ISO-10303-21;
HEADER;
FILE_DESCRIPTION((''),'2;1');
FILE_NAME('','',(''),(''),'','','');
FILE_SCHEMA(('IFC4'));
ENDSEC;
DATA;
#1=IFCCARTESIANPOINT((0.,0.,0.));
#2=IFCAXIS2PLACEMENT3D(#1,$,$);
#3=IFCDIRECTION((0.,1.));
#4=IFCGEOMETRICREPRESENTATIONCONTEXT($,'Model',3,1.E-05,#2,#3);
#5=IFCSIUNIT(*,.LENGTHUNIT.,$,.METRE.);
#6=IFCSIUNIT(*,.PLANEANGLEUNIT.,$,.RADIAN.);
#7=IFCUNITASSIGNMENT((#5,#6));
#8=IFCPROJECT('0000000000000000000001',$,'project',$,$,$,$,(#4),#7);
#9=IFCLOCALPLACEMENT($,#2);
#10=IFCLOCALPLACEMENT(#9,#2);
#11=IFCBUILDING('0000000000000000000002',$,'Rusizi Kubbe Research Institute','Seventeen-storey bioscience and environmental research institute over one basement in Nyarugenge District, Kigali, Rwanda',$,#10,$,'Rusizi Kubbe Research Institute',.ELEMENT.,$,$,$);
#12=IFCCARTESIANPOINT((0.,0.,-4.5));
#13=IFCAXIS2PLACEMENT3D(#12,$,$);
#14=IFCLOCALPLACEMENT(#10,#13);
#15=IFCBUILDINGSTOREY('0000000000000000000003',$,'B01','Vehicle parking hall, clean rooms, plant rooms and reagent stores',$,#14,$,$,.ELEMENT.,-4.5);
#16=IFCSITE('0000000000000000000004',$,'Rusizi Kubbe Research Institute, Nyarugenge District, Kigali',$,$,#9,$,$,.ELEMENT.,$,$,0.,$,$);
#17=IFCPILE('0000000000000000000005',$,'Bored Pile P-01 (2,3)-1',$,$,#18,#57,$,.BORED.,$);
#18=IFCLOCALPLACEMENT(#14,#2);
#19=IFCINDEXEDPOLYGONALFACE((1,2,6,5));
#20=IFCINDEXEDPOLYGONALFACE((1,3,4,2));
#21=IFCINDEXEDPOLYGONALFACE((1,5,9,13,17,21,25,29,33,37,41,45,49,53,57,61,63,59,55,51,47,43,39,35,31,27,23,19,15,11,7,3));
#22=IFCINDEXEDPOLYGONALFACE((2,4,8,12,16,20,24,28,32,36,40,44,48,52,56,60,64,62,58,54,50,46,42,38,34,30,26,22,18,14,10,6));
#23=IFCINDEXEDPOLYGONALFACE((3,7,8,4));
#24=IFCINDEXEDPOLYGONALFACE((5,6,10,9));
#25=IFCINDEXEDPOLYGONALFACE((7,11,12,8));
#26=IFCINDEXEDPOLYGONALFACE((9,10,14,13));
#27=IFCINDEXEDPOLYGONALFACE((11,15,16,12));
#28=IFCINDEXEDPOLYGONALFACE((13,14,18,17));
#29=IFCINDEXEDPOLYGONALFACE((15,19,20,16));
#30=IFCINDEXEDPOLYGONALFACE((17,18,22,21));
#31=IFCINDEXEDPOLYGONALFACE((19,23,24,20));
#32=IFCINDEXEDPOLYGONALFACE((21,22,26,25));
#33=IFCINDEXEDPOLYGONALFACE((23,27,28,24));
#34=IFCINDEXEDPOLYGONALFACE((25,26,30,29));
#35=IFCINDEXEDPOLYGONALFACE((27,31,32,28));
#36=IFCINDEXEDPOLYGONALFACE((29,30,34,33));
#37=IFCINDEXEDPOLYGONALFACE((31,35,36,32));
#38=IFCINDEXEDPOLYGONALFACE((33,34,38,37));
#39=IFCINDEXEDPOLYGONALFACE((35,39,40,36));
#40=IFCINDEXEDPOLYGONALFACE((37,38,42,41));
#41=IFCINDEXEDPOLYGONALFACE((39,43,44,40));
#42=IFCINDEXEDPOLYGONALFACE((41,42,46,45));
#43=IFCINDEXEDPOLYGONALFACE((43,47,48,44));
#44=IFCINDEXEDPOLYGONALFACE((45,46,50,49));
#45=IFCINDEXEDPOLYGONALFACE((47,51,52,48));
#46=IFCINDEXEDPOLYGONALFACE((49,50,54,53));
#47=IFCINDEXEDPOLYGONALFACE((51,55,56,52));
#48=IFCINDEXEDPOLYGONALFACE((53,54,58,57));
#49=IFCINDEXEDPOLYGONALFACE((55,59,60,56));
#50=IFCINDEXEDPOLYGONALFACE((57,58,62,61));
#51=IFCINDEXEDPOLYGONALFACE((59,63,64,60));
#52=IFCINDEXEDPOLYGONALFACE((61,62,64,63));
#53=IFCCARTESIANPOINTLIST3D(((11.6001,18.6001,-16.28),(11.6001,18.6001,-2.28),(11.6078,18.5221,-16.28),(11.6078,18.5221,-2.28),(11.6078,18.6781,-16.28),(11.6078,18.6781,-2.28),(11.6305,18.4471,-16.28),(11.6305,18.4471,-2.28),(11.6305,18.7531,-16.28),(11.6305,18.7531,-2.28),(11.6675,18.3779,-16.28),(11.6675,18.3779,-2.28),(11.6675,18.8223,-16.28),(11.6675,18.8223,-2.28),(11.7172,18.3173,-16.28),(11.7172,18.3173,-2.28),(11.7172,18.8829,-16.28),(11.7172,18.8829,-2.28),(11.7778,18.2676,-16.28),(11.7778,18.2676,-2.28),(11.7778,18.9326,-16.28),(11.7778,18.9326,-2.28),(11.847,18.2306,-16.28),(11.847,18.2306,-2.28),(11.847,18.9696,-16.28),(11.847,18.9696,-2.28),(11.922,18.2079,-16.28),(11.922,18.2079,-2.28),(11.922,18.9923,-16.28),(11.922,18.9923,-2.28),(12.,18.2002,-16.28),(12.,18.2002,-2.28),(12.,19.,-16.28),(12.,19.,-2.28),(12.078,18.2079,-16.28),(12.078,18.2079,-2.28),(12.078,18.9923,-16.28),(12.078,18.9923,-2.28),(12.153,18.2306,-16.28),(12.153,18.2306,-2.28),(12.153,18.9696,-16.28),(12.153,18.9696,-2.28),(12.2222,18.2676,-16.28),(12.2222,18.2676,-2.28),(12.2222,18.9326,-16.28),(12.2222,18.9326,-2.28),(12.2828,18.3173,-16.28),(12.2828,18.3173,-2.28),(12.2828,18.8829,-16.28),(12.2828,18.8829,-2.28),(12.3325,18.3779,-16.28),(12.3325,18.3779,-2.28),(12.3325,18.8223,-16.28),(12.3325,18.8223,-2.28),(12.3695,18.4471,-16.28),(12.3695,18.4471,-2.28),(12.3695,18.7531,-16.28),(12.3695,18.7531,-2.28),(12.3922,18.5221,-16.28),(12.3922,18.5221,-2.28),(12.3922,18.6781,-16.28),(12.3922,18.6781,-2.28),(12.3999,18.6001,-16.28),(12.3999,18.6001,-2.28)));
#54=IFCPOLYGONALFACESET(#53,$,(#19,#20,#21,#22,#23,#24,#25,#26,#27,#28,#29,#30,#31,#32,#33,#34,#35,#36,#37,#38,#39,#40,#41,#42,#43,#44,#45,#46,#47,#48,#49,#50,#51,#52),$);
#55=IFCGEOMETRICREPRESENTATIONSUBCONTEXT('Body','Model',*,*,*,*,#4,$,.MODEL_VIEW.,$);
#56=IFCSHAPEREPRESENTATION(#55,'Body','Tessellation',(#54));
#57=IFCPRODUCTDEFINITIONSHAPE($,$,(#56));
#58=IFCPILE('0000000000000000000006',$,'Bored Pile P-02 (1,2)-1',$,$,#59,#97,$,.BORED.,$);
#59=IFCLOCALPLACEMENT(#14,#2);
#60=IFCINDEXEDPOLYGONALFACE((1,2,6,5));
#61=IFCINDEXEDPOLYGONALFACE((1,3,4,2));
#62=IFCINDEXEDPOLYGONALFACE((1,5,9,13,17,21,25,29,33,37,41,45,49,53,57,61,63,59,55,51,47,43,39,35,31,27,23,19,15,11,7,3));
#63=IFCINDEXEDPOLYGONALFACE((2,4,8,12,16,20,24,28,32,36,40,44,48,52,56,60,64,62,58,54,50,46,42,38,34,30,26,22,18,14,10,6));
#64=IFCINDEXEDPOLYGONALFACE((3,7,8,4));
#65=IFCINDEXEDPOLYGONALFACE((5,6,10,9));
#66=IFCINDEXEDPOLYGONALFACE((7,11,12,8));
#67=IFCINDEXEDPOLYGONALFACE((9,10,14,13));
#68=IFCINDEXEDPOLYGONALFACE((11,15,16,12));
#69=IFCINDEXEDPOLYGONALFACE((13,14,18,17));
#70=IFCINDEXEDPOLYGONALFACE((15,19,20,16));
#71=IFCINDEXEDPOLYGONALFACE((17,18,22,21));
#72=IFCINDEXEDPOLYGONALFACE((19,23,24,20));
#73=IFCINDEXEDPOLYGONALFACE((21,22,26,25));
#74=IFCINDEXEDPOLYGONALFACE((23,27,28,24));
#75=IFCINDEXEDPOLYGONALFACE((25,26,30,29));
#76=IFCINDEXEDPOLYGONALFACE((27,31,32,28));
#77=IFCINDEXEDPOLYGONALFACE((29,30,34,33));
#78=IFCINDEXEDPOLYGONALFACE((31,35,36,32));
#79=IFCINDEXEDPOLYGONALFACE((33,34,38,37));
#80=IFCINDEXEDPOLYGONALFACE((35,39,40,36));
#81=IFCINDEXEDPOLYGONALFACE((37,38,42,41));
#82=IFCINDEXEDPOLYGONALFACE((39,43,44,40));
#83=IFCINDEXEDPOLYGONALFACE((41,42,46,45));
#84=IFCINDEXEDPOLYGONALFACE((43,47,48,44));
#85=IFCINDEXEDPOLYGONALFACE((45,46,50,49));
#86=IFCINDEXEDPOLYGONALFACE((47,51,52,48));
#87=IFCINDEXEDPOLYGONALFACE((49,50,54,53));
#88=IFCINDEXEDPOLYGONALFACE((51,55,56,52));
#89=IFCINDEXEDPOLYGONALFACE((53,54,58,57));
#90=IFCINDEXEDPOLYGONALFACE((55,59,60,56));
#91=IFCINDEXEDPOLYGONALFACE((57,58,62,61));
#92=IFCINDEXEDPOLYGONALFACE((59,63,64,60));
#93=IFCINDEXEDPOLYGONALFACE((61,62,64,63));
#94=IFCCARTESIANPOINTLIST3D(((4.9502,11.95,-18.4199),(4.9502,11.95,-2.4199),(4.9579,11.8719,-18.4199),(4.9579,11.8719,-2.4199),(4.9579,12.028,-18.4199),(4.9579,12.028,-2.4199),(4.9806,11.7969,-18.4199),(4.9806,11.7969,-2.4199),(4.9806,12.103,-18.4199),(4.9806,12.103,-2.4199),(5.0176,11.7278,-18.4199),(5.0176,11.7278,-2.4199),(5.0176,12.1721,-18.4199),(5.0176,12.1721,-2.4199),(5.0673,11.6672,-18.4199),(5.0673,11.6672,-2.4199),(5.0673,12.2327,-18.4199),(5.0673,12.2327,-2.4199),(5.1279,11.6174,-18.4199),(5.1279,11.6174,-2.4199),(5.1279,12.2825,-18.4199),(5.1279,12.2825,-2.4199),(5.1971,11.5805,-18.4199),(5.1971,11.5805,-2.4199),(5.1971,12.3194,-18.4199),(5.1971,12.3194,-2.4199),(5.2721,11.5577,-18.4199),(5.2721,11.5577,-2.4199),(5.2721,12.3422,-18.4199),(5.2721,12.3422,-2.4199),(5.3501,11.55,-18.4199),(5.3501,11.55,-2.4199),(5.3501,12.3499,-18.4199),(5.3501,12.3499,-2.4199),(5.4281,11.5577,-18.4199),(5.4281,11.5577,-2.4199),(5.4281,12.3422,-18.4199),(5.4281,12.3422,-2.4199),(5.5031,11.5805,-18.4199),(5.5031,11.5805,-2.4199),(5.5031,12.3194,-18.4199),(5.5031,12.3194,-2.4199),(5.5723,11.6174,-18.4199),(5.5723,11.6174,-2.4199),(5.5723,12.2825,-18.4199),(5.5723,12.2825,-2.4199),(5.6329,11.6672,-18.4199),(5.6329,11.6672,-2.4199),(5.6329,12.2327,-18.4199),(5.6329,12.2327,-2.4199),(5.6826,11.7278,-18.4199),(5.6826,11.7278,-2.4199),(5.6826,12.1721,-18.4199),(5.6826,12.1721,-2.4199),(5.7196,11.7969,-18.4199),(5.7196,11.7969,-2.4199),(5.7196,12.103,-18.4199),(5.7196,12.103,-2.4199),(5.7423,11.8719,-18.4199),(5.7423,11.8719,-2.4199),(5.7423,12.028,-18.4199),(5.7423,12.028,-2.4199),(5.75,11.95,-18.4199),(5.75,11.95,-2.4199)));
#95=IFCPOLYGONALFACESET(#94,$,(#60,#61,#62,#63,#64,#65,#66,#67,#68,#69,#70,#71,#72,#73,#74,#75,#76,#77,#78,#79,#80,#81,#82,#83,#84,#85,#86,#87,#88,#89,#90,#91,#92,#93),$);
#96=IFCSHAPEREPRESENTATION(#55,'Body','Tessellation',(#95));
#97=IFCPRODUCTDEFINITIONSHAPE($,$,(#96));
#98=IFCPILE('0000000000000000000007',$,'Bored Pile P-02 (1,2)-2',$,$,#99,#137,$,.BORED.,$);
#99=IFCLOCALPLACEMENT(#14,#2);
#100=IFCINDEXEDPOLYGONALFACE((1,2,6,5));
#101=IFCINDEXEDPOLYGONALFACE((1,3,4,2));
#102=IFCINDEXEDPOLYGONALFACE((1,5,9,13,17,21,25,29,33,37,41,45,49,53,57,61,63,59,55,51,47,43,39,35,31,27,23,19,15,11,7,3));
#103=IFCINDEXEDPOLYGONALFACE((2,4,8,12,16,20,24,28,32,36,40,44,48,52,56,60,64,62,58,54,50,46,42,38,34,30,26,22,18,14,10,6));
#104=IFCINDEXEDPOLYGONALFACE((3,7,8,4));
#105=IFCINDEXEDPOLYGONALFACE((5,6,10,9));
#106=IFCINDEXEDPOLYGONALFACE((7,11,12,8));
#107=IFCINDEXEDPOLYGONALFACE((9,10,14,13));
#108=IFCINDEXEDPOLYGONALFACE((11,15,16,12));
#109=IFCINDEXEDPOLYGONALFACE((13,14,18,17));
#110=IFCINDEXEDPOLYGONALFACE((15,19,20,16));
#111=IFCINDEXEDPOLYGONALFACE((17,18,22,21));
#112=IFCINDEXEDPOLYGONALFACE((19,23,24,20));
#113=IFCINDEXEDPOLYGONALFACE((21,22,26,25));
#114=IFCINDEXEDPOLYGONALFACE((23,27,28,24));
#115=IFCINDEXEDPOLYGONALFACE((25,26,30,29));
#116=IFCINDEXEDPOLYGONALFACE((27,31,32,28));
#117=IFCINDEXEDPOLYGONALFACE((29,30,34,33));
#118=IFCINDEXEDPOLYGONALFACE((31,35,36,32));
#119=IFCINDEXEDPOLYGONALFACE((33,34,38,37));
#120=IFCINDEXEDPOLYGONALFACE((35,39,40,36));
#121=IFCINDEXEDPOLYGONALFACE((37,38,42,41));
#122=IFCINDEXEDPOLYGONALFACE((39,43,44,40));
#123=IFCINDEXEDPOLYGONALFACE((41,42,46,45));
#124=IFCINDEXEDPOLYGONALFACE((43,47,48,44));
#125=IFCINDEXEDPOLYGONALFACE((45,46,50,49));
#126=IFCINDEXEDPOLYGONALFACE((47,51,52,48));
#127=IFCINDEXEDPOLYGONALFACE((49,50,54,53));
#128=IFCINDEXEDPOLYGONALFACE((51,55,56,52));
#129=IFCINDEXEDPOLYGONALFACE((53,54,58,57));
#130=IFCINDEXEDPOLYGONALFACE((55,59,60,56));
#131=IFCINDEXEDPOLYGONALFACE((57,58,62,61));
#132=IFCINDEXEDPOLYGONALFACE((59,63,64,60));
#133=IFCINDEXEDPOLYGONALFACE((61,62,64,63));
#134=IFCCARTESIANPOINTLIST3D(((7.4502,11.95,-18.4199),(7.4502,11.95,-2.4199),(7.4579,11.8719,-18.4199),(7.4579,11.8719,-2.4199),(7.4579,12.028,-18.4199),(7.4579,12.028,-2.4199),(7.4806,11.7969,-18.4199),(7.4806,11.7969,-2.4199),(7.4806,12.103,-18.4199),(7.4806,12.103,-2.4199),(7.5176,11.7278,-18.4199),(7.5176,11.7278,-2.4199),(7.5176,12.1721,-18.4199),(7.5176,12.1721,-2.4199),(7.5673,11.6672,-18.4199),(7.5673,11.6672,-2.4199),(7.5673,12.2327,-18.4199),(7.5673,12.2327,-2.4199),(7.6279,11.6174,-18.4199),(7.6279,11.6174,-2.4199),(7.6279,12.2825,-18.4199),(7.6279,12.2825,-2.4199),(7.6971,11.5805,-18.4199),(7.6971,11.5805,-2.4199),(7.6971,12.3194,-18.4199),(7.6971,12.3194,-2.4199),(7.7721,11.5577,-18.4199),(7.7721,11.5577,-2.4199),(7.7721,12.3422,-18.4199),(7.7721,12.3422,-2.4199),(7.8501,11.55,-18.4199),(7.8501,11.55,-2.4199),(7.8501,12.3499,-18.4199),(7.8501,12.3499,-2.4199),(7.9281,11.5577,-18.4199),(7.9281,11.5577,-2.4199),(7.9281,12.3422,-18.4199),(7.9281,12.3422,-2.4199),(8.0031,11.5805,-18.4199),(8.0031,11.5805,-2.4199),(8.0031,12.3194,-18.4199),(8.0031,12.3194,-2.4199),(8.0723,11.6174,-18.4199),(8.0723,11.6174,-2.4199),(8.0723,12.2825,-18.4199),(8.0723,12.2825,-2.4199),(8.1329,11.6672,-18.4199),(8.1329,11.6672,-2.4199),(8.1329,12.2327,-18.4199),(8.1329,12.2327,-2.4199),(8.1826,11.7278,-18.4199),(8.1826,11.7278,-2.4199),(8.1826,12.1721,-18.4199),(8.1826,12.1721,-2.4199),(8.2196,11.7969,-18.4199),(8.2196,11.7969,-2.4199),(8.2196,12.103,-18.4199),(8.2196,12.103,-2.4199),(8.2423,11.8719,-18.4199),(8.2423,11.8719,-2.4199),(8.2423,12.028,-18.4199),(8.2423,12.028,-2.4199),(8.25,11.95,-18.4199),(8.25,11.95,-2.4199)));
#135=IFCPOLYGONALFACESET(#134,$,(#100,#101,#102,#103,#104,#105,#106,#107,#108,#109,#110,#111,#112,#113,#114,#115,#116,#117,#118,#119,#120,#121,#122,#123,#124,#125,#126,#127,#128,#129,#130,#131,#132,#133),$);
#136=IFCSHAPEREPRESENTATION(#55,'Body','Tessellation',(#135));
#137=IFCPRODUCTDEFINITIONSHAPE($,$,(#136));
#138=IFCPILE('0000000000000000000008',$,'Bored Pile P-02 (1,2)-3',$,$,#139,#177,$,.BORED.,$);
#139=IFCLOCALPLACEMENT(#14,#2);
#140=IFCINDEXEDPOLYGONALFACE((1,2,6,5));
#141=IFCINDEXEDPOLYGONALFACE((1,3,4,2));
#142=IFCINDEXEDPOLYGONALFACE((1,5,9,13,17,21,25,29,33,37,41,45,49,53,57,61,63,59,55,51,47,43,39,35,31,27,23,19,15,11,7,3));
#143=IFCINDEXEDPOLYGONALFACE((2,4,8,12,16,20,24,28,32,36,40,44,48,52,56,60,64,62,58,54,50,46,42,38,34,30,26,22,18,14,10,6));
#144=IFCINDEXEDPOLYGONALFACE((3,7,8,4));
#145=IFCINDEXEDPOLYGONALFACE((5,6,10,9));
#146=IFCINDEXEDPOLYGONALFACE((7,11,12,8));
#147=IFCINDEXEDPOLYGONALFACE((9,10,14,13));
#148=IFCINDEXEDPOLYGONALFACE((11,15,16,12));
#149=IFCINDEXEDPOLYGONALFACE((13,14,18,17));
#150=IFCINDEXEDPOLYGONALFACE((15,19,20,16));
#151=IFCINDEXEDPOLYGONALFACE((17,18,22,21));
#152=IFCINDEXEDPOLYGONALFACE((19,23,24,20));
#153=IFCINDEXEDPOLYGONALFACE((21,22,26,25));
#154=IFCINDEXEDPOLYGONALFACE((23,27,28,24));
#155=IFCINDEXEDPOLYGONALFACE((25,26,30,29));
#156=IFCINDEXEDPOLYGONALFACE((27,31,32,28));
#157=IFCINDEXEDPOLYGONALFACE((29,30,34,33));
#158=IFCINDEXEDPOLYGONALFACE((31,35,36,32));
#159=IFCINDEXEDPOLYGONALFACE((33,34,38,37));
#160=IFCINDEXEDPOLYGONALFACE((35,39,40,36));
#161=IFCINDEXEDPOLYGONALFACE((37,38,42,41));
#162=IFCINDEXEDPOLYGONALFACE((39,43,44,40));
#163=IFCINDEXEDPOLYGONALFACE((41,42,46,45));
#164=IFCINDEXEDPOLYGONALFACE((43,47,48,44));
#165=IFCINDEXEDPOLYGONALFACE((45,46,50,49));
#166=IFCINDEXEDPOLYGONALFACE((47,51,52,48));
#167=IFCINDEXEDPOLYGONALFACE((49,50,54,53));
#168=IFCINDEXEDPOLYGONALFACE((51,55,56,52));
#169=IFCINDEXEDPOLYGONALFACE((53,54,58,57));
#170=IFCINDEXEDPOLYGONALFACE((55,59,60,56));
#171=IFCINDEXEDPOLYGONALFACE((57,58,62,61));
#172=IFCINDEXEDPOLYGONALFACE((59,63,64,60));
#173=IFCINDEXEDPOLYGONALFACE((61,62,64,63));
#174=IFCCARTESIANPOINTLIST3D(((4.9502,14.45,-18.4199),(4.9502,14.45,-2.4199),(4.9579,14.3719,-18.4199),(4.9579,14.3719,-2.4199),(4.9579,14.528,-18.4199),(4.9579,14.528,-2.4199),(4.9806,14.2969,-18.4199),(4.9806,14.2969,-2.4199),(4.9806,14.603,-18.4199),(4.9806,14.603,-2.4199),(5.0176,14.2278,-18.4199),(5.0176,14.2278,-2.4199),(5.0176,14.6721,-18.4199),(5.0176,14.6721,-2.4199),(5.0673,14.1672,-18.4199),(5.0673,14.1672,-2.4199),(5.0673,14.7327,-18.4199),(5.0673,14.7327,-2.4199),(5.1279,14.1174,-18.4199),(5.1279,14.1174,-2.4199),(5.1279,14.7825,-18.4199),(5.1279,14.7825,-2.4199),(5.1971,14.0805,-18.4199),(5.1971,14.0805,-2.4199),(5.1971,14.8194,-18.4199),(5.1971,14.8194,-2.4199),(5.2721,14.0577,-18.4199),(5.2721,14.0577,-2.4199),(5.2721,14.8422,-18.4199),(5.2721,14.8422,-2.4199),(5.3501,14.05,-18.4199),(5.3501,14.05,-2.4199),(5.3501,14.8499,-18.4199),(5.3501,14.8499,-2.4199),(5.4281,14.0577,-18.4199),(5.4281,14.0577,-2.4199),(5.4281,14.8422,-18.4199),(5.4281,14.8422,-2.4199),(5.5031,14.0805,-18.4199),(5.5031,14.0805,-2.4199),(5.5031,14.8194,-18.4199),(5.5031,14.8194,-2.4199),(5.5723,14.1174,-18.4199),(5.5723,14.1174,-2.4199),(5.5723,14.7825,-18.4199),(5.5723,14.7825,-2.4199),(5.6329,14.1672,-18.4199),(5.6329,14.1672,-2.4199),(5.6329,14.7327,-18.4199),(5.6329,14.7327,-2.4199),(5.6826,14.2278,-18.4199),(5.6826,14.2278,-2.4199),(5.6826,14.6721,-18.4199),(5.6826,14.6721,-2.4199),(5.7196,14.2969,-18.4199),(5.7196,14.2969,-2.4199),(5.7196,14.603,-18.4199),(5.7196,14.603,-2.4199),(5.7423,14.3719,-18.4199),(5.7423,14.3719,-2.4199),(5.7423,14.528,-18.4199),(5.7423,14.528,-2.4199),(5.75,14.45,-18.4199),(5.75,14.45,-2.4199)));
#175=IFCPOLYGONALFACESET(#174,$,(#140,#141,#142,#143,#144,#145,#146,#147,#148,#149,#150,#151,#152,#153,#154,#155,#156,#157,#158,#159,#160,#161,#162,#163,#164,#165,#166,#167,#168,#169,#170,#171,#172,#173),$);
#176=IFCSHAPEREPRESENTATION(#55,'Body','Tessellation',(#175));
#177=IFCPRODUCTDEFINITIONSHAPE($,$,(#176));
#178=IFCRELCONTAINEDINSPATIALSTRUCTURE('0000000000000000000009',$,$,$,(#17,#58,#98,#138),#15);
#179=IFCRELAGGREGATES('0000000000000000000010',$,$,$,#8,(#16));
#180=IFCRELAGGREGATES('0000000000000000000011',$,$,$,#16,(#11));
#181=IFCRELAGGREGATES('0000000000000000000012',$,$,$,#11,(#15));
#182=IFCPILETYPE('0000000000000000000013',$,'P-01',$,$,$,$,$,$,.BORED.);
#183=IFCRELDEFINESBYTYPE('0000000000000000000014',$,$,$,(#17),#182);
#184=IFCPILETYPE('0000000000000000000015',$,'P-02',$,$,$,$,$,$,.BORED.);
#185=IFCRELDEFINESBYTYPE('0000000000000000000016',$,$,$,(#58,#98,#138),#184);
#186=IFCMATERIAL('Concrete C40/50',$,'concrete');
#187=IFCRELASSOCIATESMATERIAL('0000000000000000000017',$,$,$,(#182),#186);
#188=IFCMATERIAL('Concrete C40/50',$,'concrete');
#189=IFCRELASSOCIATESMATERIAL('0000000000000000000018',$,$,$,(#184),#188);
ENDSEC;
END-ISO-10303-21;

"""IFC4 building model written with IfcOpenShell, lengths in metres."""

from ifc_helpers import new_model, si_unit, direction, frame, origin, origin_2d, place, context, subcontext, project, spatial, circle, extrude, material, material_profile, profile_set, type_object, element, save


model = new_model("IFC4")

# Units and contexts
model_context = context("Model", 3, precision=1e-05, world=origin(), true_north=direction((0.0, 1.0)))
body_context = subcontext(model_context, "Body", "Model", "MODEL_VIEW")
ifc_project = project(units=[si_unit("LENGTHUNIT", "METRE"), si_unit("PLANEANGLEUNIT", "RADIAN")], contexts=[model_context])

# Site, building, storey
site_placement = place(None, origin())
site = spatial("IfcSite", under=ifc_project, at=site_placement, Name="Rusizi Kubbe Research Institute, Nyarugenge District, Kigali", CompositionType="ELEMENT", RefElevation=0.0)
building_placement = place(site_placement, origin())
building = spatial("IfcBuilding", under=site, at=building_placement, Name="Rusizi Kubbe Research Institute", Description="Seventeen-storey bioscience and environmental research institute over one basement in Nyarugenge District, Kigali, Rwanda", LongName="Rusizi Kubbe Research Institute", CompositionType="ELEMENT")
storey_placement = place(building_placement, frame((0.0, 0.0, -4.5)))
storey = spatial("IfcBuildingStorey", under=building, at=storey_placement, Name="B01", Description="Vehicle parking hall, clean rooms, plant rooms and reagent stores", CompositionType="ELEMENT", Elevation=-4.5)

# Piles
ifc_material_1 = material(Name="Concrete C40/50", Category="concrete")
ifc_material_profile_1 = material_profile(ifc_material_1, circle(Radius=0.3999, at=origin_2d()), Name="PILE-D800")
ifc_profile_set_1 = profile_set([ifc_material_profile_1], Name="Concrete C40/50")
pile_type_1 = type_object("IfcPileType", Name="P-01", PredefinedType="BORED", material=ifc_profile_set_1)
pile_placement = place(storey_placement, frame((12.0, 18.6001, -2.28), z_axis=(0.0, 0.0, -1.0), x_axis=(1.0, 0.0, 0.0)))
element("IfcPile", 1, at=pile_placement, inside=storey, type_object=pile_type_1, Name="Bored Pile P-01 (2,3)-1", PredefinedType="BORED", context=body_context, shape_type="SweptSolid", body=[
    extrude(circle(Radius=0.3999, at=origin_2d()), origin(), (0.0, 0.0, 1.0), 14.0),
])
ifc_material_2 = material(Name="Concrete C40/50", Category="concrete")
ifc_material_profile_2 = material_profile(ifc_material_2, circle(Radius=0.3999, at=origin_2d()), Name="PILE-D800")
ifc_profile_set_2 = profile_set([ifc_material_profile_2], Name="Concrete C40/50")
pile_type_2 = type_object("IfcPileType", Name="P-02", PredefinedType="BORED", material=ifc_profile_set_2)
for number, where, z_axis, x_axis, name in (
    (2, (5.3501, 11.95, -2.4199), (0.0, 0.0, -1.0), (1.0, 0.0, 0.0), "Bored Pile P-02 (1,2)-1"),
    (3, (7.8501, 11.95, -2.4199), (0.0, 0.0, -1.0), (1.0, 0.0, 0.0), "Bored Pile P-02 (1,2)-2"),
    (4, (5.3501, 14.45, -2.4199), (0.0, 0.0, -1.0), (1.0, 0.0, 0.0), "Bored Pile P-02 (1,2)-3"),
):
    element("IfcPile", number, at=place(storey_placement, frame(where, z_axis=z_axis, x_axis=x_axis)), inside=storey, type_object=pile_type_2, Name=name, PredefinedType="BORED", context=body_context, shape_type="SweptSolid", body=[
        extrude(circle(Radius=0.3999, at=origin_2d()), origin(), (0.0, 0.0, 1.0), 16.0),
    ])

save(model, "model.ifc")
